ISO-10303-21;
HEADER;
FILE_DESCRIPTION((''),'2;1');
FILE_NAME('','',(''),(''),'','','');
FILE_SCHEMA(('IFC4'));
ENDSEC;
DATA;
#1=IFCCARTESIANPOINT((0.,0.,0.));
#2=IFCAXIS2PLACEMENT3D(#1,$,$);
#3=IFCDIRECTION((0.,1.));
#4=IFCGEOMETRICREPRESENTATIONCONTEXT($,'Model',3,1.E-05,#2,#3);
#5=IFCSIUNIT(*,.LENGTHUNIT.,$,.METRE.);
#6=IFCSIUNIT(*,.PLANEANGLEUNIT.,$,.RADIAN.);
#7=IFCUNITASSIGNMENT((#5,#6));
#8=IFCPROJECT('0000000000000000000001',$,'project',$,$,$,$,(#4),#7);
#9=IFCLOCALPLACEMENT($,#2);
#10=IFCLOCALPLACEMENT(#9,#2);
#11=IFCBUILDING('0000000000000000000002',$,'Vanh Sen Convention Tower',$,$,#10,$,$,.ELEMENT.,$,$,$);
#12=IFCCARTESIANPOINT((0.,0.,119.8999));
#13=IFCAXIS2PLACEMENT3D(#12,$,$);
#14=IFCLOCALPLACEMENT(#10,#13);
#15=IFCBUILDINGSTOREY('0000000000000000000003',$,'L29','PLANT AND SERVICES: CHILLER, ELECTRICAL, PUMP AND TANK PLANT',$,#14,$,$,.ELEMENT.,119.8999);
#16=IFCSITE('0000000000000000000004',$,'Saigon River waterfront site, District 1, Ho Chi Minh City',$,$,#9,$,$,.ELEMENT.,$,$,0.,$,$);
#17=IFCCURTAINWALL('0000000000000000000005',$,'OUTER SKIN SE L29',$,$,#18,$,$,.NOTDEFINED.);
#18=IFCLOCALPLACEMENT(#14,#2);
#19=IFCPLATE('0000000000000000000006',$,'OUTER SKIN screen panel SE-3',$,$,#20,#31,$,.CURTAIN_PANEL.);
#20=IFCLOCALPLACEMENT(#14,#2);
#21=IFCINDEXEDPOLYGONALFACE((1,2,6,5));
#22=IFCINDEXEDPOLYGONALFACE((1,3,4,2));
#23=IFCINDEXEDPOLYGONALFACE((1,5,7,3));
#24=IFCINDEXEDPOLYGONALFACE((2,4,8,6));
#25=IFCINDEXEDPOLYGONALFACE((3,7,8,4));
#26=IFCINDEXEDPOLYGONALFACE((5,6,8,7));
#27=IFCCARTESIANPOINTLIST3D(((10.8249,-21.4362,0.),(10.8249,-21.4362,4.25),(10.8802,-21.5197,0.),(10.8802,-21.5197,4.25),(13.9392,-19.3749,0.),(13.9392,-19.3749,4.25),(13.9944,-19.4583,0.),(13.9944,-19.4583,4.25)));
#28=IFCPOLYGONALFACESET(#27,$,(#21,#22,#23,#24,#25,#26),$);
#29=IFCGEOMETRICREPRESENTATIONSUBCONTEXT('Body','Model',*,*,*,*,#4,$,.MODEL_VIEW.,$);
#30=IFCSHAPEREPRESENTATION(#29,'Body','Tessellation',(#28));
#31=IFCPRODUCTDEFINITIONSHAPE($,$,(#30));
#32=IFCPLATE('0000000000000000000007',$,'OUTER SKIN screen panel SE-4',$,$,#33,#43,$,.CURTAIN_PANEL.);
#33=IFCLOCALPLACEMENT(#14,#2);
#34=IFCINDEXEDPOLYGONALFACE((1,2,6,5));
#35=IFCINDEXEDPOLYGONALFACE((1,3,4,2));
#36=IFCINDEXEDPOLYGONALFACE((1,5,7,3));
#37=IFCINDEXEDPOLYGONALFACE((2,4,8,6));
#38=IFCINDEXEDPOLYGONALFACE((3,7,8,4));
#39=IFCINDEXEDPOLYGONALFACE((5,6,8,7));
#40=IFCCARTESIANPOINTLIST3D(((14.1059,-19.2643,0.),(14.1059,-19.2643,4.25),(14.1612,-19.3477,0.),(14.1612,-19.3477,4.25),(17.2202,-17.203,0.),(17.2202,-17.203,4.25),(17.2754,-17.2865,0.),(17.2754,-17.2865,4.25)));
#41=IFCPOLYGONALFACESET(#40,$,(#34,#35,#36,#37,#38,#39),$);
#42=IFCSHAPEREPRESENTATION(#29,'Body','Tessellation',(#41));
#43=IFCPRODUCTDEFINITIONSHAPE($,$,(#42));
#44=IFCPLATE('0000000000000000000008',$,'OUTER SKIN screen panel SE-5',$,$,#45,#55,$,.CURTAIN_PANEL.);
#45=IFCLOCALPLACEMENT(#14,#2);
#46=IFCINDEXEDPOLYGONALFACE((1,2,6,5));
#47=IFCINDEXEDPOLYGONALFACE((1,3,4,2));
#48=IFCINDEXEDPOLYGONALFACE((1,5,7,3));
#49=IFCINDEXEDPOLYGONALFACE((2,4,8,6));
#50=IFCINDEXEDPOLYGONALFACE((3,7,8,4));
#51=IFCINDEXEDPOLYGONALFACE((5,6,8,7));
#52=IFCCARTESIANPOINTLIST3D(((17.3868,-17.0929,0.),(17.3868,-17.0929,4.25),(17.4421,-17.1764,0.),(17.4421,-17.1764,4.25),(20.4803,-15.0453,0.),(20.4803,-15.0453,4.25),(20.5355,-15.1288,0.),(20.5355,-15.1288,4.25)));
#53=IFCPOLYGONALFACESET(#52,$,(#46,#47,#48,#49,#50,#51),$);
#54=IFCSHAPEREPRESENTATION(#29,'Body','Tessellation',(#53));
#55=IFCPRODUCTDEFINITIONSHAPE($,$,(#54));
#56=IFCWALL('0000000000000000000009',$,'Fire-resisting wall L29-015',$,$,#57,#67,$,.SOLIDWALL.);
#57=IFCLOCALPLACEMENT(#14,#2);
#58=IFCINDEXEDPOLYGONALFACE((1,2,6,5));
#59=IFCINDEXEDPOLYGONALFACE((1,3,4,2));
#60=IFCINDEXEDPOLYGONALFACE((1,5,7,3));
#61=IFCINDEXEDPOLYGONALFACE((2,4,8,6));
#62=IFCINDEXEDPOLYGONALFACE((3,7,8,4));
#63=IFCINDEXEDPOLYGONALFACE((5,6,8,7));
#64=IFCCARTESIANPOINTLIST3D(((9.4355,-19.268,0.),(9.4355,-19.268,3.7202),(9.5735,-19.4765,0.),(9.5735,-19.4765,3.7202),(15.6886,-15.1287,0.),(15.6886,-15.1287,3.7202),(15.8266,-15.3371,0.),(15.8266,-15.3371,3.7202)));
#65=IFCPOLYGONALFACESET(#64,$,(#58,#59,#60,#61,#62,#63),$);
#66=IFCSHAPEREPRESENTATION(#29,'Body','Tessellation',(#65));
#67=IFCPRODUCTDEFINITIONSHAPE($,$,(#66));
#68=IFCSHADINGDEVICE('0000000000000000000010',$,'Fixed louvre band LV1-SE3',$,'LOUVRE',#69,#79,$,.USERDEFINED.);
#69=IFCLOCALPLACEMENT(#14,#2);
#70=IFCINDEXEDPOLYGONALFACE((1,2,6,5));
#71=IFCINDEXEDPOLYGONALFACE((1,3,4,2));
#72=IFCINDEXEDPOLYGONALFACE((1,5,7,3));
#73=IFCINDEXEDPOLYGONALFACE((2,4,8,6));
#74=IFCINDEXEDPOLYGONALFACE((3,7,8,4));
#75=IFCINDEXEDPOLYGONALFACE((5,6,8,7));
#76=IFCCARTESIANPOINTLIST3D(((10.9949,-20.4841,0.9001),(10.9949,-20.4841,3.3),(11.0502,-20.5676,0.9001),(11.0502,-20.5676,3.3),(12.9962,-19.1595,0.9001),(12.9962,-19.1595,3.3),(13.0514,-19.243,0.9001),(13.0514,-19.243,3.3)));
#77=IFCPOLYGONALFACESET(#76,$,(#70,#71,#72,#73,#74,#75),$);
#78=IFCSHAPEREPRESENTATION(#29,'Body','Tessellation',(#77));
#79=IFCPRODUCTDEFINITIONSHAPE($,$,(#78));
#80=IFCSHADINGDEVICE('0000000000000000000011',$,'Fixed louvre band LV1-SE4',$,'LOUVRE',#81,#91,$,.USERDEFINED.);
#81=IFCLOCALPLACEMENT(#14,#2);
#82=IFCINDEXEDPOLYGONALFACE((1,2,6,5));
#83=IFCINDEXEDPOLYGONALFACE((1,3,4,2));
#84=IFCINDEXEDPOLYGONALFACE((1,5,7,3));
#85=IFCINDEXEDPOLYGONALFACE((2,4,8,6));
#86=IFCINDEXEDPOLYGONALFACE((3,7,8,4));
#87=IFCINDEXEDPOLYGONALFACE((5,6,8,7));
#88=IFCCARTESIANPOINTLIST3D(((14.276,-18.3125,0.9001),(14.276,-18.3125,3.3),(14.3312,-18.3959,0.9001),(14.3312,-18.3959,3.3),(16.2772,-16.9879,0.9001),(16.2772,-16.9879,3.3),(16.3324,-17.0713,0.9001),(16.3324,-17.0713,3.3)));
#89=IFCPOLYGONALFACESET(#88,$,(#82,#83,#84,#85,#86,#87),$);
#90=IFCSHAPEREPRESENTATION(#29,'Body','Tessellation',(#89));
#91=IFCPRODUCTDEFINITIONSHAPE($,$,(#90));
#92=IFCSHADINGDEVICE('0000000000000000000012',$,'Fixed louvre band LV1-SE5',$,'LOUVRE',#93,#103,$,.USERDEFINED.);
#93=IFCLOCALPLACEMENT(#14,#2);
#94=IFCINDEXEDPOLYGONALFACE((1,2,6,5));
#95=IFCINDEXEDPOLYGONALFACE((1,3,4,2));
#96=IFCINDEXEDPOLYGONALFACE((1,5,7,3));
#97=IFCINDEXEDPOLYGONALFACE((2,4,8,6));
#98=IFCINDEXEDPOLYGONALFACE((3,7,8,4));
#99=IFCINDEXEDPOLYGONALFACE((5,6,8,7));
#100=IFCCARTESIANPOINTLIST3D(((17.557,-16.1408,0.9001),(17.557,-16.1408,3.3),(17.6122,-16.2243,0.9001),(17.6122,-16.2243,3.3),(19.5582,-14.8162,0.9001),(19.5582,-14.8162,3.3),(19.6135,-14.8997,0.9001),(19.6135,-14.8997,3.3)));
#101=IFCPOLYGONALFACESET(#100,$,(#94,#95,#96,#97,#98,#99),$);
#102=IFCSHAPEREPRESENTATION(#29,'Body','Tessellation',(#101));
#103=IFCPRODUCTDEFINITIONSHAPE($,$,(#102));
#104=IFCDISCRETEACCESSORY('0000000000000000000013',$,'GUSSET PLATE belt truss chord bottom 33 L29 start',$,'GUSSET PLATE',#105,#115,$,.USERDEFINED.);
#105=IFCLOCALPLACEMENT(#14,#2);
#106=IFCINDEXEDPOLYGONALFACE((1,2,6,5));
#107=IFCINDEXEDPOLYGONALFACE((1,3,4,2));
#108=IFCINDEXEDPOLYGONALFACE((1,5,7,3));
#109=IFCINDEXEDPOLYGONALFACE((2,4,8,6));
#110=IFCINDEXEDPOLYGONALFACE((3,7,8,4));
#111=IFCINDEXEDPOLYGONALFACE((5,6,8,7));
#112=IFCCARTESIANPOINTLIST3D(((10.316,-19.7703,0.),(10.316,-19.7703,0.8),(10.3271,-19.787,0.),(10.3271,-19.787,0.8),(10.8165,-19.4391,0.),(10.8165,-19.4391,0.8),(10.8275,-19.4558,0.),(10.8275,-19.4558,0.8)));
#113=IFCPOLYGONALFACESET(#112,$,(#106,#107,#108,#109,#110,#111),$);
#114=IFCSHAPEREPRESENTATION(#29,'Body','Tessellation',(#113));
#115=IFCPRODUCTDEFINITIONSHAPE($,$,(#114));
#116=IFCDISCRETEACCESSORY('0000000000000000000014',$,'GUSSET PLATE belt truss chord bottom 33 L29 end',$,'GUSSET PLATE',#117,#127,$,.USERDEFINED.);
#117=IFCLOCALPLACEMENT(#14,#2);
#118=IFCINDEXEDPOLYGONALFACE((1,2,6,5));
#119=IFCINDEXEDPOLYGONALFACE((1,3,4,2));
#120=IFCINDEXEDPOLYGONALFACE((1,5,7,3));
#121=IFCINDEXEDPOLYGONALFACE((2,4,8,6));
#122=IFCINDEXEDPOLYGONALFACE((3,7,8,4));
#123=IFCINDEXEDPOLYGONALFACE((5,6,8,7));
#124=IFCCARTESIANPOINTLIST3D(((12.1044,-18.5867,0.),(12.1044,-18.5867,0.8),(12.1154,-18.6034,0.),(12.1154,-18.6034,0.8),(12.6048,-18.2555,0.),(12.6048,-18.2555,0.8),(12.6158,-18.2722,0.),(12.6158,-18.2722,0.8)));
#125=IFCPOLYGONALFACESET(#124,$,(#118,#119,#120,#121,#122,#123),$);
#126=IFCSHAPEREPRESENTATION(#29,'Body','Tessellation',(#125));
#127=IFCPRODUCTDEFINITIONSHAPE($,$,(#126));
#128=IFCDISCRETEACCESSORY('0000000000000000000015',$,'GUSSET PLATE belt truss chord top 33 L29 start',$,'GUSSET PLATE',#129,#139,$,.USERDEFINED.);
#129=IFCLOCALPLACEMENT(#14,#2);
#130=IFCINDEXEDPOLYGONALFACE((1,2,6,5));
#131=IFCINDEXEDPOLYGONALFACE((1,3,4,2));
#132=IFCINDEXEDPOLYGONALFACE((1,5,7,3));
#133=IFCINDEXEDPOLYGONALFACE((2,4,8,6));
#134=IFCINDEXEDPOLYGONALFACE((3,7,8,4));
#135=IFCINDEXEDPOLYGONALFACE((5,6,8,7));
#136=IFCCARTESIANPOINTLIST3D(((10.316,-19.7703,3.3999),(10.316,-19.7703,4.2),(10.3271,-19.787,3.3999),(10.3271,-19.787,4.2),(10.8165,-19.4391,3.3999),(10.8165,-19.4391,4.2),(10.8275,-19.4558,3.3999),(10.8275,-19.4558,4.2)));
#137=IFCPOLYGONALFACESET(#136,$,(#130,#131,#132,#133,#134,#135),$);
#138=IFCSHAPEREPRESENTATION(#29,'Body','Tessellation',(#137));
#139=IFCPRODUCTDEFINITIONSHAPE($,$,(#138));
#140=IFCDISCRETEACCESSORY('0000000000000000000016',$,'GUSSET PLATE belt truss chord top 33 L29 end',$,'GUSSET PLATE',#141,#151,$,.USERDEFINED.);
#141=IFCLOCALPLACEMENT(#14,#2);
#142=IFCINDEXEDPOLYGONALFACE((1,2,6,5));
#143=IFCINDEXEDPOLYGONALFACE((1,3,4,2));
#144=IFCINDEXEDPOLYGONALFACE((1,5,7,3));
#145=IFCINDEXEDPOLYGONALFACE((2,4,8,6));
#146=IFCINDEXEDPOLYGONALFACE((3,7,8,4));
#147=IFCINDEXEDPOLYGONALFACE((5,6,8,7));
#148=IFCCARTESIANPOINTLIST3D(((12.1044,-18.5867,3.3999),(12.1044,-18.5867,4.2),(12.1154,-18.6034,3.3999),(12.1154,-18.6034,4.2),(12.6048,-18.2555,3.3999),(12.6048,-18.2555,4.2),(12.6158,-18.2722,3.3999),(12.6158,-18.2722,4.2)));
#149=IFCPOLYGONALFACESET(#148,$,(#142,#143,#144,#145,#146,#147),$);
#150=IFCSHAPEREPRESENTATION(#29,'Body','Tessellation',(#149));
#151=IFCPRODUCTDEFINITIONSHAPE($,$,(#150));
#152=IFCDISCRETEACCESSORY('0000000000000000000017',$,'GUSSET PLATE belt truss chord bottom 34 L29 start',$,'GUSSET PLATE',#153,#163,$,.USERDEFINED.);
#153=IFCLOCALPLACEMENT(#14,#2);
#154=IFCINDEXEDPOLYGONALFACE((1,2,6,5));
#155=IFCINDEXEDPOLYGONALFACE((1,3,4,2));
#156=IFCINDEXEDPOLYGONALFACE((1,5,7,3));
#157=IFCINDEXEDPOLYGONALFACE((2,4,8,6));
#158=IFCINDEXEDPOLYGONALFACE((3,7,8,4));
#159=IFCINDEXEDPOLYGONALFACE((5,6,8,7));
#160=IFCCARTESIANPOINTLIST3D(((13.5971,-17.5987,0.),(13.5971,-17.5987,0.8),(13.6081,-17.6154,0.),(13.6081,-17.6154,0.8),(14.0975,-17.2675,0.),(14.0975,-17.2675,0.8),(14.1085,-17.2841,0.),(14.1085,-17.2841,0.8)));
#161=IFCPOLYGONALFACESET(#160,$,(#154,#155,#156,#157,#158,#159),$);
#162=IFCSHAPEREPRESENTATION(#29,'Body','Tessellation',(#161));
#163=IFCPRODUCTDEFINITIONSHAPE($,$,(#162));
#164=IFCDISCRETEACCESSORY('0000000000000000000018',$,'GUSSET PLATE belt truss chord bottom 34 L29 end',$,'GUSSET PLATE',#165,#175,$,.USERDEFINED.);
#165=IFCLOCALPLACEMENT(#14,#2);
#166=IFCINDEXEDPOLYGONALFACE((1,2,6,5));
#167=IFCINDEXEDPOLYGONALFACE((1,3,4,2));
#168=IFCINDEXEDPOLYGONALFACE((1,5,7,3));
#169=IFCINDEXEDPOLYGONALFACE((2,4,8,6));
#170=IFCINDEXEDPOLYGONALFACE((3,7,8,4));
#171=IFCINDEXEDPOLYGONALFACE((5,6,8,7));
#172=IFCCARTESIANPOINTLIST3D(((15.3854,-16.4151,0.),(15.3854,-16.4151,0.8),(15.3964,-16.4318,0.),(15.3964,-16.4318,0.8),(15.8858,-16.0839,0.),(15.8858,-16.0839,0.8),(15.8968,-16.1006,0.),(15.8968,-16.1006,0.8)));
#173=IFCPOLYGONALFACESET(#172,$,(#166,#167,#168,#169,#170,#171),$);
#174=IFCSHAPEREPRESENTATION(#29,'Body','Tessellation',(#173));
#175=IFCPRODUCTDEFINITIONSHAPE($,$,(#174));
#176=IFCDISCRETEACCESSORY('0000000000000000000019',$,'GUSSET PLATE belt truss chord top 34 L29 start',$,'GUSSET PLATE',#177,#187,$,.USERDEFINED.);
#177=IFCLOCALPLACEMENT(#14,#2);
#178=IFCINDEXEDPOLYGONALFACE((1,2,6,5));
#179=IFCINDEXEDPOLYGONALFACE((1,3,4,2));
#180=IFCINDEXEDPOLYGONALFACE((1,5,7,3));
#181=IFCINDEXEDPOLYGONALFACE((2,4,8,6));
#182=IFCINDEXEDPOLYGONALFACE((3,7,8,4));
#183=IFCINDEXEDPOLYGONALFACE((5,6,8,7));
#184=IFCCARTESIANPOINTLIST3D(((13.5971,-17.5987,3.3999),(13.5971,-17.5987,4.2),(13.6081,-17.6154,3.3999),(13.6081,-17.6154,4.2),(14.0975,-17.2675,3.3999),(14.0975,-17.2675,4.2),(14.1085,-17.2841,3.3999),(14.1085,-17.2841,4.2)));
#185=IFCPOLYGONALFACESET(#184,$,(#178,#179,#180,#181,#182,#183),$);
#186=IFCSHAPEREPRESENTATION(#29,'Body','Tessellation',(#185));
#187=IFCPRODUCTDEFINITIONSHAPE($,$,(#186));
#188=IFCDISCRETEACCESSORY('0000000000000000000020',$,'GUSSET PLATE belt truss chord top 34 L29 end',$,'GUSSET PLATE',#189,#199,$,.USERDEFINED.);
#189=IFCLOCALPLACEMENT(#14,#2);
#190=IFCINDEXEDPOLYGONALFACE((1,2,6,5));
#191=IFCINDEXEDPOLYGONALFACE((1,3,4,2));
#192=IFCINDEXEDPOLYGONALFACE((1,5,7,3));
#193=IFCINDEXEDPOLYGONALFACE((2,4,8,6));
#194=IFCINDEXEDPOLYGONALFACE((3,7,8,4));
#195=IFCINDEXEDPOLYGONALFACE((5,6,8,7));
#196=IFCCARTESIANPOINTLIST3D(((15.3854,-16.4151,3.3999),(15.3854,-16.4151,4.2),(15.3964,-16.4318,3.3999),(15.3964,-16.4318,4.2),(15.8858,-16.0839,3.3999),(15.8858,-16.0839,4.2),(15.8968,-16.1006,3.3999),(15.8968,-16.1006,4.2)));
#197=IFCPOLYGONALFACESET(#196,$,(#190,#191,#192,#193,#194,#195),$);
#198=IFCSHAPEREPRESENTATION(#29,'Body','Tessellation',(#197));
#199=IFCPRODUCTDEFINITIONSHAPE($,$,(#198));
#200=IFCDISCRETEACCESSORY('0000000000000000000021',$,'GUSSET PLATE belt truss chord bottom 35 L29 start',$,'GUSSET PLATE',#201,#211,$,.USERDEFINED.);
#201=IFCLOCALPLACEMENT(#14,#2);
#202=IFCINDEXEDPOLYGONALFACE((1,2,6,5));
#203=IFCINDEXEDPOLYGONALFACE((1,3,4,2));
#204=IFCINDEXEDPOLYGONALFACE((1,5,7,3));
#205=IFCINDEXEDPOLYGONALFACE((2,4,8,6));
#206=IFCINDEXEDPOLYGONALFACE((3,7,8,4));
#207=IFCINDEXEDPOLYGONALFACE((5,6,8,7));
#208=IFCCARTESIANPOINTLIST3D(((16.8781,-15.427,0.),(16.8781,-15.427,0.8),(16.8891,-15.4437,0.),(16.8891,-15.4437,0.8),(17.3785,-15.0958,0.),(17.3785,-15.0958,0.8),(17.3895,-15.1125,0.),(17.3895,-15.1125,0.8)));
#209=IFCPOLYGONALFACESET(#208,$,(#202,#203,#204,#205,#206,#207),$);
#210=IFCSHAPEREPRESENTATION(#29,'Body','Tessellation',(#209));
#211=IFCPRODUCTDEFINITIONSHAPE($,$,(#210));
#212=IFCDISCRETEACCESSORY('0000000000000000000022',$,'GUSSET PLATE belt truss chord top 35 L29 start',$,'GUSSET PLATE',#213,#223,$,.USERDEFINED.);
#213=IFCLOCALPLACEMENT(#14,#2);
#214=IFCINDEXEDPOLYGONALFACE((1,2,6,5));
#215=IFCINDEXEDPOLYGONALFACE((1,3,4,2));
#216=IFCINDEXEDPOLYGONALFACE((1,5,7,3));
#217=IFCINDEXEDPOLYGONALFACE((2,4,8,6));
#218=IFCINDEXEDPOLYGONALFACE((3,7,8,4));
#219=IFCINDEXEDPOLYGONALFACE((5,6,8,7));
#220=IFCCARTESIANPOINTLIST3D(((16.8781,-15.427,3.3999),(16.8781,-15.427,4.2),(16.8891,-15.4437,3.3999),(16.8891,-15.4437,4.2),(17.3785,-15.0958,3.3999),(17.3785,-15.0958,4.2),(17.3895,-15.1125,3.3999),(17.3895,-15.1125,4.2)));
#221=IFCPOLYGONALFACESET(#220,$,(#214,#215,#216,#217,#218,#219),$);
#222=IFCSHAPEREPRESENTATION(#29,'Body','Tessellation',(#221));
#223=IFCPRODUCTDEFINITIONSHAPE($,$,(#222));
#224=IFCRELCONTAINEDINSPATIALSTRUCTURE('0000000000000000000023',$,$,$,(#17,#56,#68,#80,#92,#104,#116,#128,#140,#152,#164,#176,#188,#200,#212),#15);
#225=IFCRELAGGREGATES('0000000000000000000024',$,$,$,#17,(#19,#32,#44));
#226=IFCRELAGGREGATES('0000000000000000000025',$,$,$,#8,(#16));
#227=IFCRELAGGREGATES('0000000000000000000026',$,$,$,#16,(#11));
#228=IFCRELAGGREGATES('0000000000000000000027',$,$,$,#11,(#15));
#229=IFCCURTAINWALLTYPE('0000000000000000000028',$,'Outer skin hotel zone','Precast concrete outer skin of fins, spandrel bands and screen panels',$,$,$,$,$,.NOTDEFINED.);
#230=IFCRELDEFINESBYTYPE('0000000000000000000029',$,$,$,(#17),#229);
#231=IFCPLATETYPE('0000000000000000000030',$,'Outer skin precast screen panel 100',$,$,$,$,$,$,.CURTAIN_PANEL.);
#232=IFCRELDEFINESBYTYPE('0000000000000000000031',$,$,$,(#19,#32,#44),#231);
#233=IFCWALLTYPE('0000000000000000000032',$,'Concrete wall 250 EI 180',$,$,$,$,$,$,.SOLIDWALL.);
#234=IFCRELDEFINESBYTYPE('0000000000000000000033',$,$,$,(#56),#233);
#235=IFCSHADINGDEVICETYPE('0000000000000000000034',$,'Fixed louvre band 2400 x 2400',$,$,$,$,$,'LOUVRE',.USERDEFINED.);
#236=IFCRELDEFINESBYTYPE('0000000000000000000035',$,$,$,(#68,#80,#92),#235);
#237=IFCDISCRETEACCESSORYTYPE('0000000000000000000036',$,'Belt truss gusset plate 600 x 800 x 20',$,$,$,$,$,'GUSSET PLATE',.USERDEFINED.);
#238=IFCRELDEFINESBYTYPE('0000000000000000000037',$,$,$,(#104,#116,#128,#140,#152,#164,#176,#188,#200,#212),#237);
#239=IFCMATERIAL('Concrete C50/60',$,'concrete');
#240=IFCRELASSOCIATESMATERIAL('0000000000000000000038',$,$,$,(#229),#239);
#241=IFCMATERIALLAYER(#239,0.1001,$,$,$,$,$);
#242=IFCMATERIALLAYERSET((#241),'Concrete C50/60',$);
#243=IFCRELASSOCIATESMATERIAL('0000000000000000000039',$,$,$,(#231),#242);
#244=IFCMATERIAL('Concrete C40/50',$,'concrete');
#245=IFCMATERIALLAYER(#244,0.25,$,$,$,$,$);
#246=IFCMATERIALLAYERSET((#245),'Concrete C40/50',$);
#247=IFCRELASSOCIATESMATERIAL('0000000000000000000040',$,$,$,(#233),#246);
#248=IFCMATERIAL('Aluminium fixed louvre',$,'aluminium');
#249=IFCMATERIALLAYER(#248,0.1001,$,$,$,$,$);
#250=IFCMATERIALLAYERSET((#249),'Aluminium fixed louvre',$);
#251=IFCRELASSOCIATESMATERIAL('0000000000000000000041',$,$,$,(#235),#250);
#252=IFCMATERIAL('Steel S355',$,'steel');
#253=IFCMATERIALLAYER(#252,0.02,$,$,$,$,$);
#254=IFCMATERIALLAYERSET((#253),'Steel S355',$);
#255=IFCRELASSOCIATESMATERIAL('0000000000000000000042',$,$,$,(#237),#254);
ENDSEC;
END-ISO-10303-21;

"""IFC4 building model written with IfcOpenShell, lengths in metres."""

from ifc_helpers import new_model, si_unit, direction, frame, frame_2d, origin, origin_2d, place, context, subcontext, project, spatial, rectangle, extrude, material, layer, layer_set, type_object, element, aggregate, save


model = new_model("IFC4")

# Units and contexts
model_context = context("Model", 3, precision=1e-05, world=origin(), true_north=direction((0.0, 1.0)))
body_context = subcontext(model_context, "Body", "Model", "MODEL_VIEW")
ifc_project = project(units=[si_unit("LENGTHUNIT", "METRE"), si_unit("PLANEANGLEUNIT", "RADIAN")], contexts=[model_context])

# Site, building, storey
site_placement = place(None, origin())
site = spatial("IfcSite", under=ifc_project, at=site_placement, Name="Saigon River waterfront site, District 1, Ho Chi Minh City", CompositionType="ELEMENT", RefElevation=0.0)
building_placement = place(site_placement, origin())
building = spatial("IfcBuilding", under=site, at=building_placement, Name="Vanh Sen Convention Tower", CompositionType="ELEMENT")
storey_placement = place(building_placement, frame((0.0, 0.0, 119.8999)))
storey = spatial("IfcBuildingStorey", under=building, at=storey_placement, Name="L29", Description="PLANT AND SERVICES: CHILLER, ELECTRICAL, PUMP AND TANK PLANT", CompositionType="ELEMENT", Elevation=119.8999)

# Shared definitions
ifc_material_1 = material(Name="Steel S355", Category="steel")

# Curtain wall
ifc_material_2 = material(Name="Concrete C50/60", Category="concrete")
curtain_wall_type = type_object("IfcCurtainWallType", Name="Outer skin hotel zone", Description="Precast concrete outer skin of fins, spandrel bands and screen panels", PredefinedType="NOTDEFINED", material=ifc_material_2)
curtain_wall_1_placement = place(storey_placement, origin())
curtain_wall_1 = element("IfcCurtainWall", 1, at=curtain_wall_1_placement, inside=storey, type_object=curtain_wall_type, Name="OUTER SKIN SE L29", PredefinedType="NOTDEFINED")

# Plates
ifc_layer_1 = layer(ifc_material_2, 0.1001)
ifc_layer_set_1 = layer_set([ifc_layer_1], Name="Concrete C50/60")
plate_type = type_object("IfcPlateType", Name="Outer skin precast screen panel 100", PredefinedType="CURTAIN_PANEL", material=ifc_layer_set_1)
plate_1_placement = place(storey_placement, frame((12.4097, -20.4473, 0.0), z_axis=(0.0, 0.0, 1.0), x_axis=(0.83388, 0.551946, 0.0)))
plate_1 = element("IfcPlate", 2, at=plate_1_placement, type_object=plate_type, Name="OUTER SKIN screen panel SE-3", PredefinedType="CURTAIN_PANEL", context=body_context, shape_type="SweptSolid", body=[
    extrude(rectangle(XDim=3.7346, YDim=0.1001, at=origin_2d()), origin(), (0.0, 0.0, 1.0), 4.25),
])
plate_2_placement = place(storey_placement, frame((15.6907, -18.2754, 0.0), z_axis=(0.0, 0.0, 1.0), x_axis=(0.833892, 0.551928, 0.0)))
plate_2 = element("IfcPlate", 3, at=plate_2_placement, type_object=plate_type, Name="OUTER SKIN screen panel SE-4", PredefinedType="CURTAIN_PANEL", context=body_context, shape_type="SweptSolid", body=[
    extrude(rectangle(XDim=3.7346, YDim=0.1001, at=origin_2d()), origin(), (0.0, 0.0, 1.0), 4.25),
])
plate_3_placement = place(storey_placement, frame((18.9612, -16.1108, 0.0), z_axis=(0.0, 0.0, 1.0), x_axis=(0.83388, 0.551946, 0.0)))
plate_3 = element("IfcPlate", 4, at=plate_3_placement, type_object=plate_type, Name="OUTER SKIN screen panel SE-5", PredefinedType="CURTAIN_PANEL", context=body_context, shape_type="SweptSolid", body=[
    extrude(rectangle(XDim=3.7097, YDim=0.1001, at=origin_2d()), origin(), (0.0, 0.0, 1.0), 4.25),
])
aggregate(curtain_wall_1, [plate_1, plate_2, plate_3])

# Wall
ifc_material_3 = material(Name="Concrete C40/50", Category="concrete")
ifc_layer_2 = layer(ifc_material_3, 0.25)
ifc_layer_set_2 = layer_set([ifc_layer_2], Name="Concrete C40/50")
wall_type = type_object("IfcWallType", Name="Concrete wall 250 EI 180", PredefinedType="SOLIDWALL", material=ifc_layer_set_2)
wall_placement = place(storey_placement, frame((15.7576, -15.2329, 0.0), z_axis=(0.0, 0.0, 1.0), x_axis=(-0.833854, -0.551985, 0.0)))
element("IfcWall", 5, at=wall_placement, inside=storey, type_object=wall_type, Name="Fire-resisting wall L29-015", PredefinedType="SOLIDWALL", context=body_context, shape_type="SweptSolid", body=[
    extrude(rectangle(XDim=7.499, YDim=0.25, at=frame_2d((3.7495, 0.0))), origin(), (0.0, 0.0, 1.0), 3.7202),
])

# Shading devices
ifc_material_4 = material(Name="Aluminium fixed louvre", Category="aluminium")
ifc_layer_3 = layer(ifc_material_4, 0.1001)
ifc_layer_set_3 = layer_set([ifc_layer_3], Name="Aluminium fixed louvre")
shading_device_type = type_object("IfcShadingDeviceType", Name="Fixed louvre band 2400 x 2400", ElementType="LOUVRE", PredefinedType="USERDEFINED", material=ifc_layer_set_3)
for number, where, z_axis, x_axis, name in (
    (6, (12.0232, -19.8635, 0.9001), (0.0, 0.0, 1.0), (0.833886, 0.551937, 0.0), "Fixed louvre band LV1-SE3"),
    (7, (15.3042, -17.6919, 0.9001), (0.0, 0.0, 1.0), (0.833886, 0.551937, 0.0), "Fixed louvre band LV1-SE4"),
    (8, (18.5852, -15.5203, 0.9001), (0.0, 0.0, 1.0), (0.833886, 0.551937, 0.0), "Fixed louvre band LV1-SE5"),
):
    element("IfcShadingDevice", number, at=place(storey_placement, frame(where, z_axis=z_axis, x_axis=x_axis)), inside=storey, type_object=shading_device_type, Name=name, ObjectType="LOUVRE", PredefinedType="USERDEFINED", context=body_context, shape_type="SweptSolid", body=[
        extrude(rectangle(XDim=2.3999, YDim=0.1001, at=origin_2d()), origin(), (0.0, 0.0, 1.0), 2.3999),
    ])

# Discrete accessories
ifc_layer_4 = layer(ifc_material_1, 0.02)
ifc_layer_set_4 = layer_set([ifc_layer_4], Name="Steel S355")
discrete_accessory_type_1 = type_object("IfcDiscreteAccessoryType", Name="Belt truss gusset plate 600 x 800 x 20", ElementType="GUSSET PLATE", PredefinedType="USERDEFINED", material=ifc_layer_set_4)
for number, where, z_axis, x_axis, name in (
    (9, (10.5718, -19.613, 0.0), (0.0, 0.0, 1.0), (0.83388, 0.551946, 0.0), "GUSSET PLATE belt truss chord bottom 33 L29 start"),
    (10, (12.3601, -18.4294, 0.0), (0.0, 0.0, 1.0), (-0.83388, -0.551946, 0.0), "GUSSET PLATE belt truss chord bottom 33 L29 end"),
    (11, (10.5718, -19.613, 3.3999), (0.0, 0.0, 1.0), (0.83388, 0.551946, 0.0), "GUSSET PLATE belt truss chord top 33 L29 start"),
    (12, (12.3601, -18.4294, 3.3999), (0.0, 0.0, 1.0), (-0.83388, -0.551946, 0.0), "GUSSET PLATE belt truss chord top 33 L29 end"),
    (13, (13.8528, -17.4414, 0.0), (0.0, 0.0, 1.0), (0.833892, 0.551928, 0.0), "GUSSET PLATE belt truss chord bottom 34 L29 start"),
    (14, (15.6411, -16.2578, 0.0), (0.0, 0.0, 1.0), (-0.833892, -0.551928, 0.0), "GUSSET PLATE belt truss chord bottom 34 L29 end"),
    (15, (13.8528, -17.4414, 3.3999), (0.0, 0.0, 1.0), (0.833892, 0.551928, 0.0), "GUSSET PLATE belt truss chord top 34 L29 start"),
    (16, (15.6411, -16.2578, 3.3999), (0.0, 0.0, 1.0), (-0.833892, -0.551928, 0.0), "GUSSET PLATE belt truss chord top 34 L29 end"),
    (17, (17.1338, -15.2698, 0.0), (0.0, 0.0, 1.0), (0.83388, 0.551946, 0.0), "GUSSET PLATE belt truss chord bottom 35 L29 start"),
    (18, (17.1338, -15.2698, 3.3999), (0.0, 0.0, 1.0), (0.83388, 0.551946, 0.0), "GUSSET PLATE belt truss chord top 35 L29 start"),
):
    element("IfcDiscreteAccessory", number, at=place(storey_placement, frame(where, z_axis=z_axis, x_axis=x_axis)), inside=storey, type_object=discrete_accessory_type_1, Name=name, ObjectType="GUSSET PLATE", PredefinedType="USERDEFINED", context=body_context, shape_type="SweptSolid", body=[
        extrude(rectangle(XDim=0.6001, YDim=0.02, at=origin_2d()), origin(), (0.0, 0.0, 1.0), 0.8),
    ])

save(model, "model.ifc")
